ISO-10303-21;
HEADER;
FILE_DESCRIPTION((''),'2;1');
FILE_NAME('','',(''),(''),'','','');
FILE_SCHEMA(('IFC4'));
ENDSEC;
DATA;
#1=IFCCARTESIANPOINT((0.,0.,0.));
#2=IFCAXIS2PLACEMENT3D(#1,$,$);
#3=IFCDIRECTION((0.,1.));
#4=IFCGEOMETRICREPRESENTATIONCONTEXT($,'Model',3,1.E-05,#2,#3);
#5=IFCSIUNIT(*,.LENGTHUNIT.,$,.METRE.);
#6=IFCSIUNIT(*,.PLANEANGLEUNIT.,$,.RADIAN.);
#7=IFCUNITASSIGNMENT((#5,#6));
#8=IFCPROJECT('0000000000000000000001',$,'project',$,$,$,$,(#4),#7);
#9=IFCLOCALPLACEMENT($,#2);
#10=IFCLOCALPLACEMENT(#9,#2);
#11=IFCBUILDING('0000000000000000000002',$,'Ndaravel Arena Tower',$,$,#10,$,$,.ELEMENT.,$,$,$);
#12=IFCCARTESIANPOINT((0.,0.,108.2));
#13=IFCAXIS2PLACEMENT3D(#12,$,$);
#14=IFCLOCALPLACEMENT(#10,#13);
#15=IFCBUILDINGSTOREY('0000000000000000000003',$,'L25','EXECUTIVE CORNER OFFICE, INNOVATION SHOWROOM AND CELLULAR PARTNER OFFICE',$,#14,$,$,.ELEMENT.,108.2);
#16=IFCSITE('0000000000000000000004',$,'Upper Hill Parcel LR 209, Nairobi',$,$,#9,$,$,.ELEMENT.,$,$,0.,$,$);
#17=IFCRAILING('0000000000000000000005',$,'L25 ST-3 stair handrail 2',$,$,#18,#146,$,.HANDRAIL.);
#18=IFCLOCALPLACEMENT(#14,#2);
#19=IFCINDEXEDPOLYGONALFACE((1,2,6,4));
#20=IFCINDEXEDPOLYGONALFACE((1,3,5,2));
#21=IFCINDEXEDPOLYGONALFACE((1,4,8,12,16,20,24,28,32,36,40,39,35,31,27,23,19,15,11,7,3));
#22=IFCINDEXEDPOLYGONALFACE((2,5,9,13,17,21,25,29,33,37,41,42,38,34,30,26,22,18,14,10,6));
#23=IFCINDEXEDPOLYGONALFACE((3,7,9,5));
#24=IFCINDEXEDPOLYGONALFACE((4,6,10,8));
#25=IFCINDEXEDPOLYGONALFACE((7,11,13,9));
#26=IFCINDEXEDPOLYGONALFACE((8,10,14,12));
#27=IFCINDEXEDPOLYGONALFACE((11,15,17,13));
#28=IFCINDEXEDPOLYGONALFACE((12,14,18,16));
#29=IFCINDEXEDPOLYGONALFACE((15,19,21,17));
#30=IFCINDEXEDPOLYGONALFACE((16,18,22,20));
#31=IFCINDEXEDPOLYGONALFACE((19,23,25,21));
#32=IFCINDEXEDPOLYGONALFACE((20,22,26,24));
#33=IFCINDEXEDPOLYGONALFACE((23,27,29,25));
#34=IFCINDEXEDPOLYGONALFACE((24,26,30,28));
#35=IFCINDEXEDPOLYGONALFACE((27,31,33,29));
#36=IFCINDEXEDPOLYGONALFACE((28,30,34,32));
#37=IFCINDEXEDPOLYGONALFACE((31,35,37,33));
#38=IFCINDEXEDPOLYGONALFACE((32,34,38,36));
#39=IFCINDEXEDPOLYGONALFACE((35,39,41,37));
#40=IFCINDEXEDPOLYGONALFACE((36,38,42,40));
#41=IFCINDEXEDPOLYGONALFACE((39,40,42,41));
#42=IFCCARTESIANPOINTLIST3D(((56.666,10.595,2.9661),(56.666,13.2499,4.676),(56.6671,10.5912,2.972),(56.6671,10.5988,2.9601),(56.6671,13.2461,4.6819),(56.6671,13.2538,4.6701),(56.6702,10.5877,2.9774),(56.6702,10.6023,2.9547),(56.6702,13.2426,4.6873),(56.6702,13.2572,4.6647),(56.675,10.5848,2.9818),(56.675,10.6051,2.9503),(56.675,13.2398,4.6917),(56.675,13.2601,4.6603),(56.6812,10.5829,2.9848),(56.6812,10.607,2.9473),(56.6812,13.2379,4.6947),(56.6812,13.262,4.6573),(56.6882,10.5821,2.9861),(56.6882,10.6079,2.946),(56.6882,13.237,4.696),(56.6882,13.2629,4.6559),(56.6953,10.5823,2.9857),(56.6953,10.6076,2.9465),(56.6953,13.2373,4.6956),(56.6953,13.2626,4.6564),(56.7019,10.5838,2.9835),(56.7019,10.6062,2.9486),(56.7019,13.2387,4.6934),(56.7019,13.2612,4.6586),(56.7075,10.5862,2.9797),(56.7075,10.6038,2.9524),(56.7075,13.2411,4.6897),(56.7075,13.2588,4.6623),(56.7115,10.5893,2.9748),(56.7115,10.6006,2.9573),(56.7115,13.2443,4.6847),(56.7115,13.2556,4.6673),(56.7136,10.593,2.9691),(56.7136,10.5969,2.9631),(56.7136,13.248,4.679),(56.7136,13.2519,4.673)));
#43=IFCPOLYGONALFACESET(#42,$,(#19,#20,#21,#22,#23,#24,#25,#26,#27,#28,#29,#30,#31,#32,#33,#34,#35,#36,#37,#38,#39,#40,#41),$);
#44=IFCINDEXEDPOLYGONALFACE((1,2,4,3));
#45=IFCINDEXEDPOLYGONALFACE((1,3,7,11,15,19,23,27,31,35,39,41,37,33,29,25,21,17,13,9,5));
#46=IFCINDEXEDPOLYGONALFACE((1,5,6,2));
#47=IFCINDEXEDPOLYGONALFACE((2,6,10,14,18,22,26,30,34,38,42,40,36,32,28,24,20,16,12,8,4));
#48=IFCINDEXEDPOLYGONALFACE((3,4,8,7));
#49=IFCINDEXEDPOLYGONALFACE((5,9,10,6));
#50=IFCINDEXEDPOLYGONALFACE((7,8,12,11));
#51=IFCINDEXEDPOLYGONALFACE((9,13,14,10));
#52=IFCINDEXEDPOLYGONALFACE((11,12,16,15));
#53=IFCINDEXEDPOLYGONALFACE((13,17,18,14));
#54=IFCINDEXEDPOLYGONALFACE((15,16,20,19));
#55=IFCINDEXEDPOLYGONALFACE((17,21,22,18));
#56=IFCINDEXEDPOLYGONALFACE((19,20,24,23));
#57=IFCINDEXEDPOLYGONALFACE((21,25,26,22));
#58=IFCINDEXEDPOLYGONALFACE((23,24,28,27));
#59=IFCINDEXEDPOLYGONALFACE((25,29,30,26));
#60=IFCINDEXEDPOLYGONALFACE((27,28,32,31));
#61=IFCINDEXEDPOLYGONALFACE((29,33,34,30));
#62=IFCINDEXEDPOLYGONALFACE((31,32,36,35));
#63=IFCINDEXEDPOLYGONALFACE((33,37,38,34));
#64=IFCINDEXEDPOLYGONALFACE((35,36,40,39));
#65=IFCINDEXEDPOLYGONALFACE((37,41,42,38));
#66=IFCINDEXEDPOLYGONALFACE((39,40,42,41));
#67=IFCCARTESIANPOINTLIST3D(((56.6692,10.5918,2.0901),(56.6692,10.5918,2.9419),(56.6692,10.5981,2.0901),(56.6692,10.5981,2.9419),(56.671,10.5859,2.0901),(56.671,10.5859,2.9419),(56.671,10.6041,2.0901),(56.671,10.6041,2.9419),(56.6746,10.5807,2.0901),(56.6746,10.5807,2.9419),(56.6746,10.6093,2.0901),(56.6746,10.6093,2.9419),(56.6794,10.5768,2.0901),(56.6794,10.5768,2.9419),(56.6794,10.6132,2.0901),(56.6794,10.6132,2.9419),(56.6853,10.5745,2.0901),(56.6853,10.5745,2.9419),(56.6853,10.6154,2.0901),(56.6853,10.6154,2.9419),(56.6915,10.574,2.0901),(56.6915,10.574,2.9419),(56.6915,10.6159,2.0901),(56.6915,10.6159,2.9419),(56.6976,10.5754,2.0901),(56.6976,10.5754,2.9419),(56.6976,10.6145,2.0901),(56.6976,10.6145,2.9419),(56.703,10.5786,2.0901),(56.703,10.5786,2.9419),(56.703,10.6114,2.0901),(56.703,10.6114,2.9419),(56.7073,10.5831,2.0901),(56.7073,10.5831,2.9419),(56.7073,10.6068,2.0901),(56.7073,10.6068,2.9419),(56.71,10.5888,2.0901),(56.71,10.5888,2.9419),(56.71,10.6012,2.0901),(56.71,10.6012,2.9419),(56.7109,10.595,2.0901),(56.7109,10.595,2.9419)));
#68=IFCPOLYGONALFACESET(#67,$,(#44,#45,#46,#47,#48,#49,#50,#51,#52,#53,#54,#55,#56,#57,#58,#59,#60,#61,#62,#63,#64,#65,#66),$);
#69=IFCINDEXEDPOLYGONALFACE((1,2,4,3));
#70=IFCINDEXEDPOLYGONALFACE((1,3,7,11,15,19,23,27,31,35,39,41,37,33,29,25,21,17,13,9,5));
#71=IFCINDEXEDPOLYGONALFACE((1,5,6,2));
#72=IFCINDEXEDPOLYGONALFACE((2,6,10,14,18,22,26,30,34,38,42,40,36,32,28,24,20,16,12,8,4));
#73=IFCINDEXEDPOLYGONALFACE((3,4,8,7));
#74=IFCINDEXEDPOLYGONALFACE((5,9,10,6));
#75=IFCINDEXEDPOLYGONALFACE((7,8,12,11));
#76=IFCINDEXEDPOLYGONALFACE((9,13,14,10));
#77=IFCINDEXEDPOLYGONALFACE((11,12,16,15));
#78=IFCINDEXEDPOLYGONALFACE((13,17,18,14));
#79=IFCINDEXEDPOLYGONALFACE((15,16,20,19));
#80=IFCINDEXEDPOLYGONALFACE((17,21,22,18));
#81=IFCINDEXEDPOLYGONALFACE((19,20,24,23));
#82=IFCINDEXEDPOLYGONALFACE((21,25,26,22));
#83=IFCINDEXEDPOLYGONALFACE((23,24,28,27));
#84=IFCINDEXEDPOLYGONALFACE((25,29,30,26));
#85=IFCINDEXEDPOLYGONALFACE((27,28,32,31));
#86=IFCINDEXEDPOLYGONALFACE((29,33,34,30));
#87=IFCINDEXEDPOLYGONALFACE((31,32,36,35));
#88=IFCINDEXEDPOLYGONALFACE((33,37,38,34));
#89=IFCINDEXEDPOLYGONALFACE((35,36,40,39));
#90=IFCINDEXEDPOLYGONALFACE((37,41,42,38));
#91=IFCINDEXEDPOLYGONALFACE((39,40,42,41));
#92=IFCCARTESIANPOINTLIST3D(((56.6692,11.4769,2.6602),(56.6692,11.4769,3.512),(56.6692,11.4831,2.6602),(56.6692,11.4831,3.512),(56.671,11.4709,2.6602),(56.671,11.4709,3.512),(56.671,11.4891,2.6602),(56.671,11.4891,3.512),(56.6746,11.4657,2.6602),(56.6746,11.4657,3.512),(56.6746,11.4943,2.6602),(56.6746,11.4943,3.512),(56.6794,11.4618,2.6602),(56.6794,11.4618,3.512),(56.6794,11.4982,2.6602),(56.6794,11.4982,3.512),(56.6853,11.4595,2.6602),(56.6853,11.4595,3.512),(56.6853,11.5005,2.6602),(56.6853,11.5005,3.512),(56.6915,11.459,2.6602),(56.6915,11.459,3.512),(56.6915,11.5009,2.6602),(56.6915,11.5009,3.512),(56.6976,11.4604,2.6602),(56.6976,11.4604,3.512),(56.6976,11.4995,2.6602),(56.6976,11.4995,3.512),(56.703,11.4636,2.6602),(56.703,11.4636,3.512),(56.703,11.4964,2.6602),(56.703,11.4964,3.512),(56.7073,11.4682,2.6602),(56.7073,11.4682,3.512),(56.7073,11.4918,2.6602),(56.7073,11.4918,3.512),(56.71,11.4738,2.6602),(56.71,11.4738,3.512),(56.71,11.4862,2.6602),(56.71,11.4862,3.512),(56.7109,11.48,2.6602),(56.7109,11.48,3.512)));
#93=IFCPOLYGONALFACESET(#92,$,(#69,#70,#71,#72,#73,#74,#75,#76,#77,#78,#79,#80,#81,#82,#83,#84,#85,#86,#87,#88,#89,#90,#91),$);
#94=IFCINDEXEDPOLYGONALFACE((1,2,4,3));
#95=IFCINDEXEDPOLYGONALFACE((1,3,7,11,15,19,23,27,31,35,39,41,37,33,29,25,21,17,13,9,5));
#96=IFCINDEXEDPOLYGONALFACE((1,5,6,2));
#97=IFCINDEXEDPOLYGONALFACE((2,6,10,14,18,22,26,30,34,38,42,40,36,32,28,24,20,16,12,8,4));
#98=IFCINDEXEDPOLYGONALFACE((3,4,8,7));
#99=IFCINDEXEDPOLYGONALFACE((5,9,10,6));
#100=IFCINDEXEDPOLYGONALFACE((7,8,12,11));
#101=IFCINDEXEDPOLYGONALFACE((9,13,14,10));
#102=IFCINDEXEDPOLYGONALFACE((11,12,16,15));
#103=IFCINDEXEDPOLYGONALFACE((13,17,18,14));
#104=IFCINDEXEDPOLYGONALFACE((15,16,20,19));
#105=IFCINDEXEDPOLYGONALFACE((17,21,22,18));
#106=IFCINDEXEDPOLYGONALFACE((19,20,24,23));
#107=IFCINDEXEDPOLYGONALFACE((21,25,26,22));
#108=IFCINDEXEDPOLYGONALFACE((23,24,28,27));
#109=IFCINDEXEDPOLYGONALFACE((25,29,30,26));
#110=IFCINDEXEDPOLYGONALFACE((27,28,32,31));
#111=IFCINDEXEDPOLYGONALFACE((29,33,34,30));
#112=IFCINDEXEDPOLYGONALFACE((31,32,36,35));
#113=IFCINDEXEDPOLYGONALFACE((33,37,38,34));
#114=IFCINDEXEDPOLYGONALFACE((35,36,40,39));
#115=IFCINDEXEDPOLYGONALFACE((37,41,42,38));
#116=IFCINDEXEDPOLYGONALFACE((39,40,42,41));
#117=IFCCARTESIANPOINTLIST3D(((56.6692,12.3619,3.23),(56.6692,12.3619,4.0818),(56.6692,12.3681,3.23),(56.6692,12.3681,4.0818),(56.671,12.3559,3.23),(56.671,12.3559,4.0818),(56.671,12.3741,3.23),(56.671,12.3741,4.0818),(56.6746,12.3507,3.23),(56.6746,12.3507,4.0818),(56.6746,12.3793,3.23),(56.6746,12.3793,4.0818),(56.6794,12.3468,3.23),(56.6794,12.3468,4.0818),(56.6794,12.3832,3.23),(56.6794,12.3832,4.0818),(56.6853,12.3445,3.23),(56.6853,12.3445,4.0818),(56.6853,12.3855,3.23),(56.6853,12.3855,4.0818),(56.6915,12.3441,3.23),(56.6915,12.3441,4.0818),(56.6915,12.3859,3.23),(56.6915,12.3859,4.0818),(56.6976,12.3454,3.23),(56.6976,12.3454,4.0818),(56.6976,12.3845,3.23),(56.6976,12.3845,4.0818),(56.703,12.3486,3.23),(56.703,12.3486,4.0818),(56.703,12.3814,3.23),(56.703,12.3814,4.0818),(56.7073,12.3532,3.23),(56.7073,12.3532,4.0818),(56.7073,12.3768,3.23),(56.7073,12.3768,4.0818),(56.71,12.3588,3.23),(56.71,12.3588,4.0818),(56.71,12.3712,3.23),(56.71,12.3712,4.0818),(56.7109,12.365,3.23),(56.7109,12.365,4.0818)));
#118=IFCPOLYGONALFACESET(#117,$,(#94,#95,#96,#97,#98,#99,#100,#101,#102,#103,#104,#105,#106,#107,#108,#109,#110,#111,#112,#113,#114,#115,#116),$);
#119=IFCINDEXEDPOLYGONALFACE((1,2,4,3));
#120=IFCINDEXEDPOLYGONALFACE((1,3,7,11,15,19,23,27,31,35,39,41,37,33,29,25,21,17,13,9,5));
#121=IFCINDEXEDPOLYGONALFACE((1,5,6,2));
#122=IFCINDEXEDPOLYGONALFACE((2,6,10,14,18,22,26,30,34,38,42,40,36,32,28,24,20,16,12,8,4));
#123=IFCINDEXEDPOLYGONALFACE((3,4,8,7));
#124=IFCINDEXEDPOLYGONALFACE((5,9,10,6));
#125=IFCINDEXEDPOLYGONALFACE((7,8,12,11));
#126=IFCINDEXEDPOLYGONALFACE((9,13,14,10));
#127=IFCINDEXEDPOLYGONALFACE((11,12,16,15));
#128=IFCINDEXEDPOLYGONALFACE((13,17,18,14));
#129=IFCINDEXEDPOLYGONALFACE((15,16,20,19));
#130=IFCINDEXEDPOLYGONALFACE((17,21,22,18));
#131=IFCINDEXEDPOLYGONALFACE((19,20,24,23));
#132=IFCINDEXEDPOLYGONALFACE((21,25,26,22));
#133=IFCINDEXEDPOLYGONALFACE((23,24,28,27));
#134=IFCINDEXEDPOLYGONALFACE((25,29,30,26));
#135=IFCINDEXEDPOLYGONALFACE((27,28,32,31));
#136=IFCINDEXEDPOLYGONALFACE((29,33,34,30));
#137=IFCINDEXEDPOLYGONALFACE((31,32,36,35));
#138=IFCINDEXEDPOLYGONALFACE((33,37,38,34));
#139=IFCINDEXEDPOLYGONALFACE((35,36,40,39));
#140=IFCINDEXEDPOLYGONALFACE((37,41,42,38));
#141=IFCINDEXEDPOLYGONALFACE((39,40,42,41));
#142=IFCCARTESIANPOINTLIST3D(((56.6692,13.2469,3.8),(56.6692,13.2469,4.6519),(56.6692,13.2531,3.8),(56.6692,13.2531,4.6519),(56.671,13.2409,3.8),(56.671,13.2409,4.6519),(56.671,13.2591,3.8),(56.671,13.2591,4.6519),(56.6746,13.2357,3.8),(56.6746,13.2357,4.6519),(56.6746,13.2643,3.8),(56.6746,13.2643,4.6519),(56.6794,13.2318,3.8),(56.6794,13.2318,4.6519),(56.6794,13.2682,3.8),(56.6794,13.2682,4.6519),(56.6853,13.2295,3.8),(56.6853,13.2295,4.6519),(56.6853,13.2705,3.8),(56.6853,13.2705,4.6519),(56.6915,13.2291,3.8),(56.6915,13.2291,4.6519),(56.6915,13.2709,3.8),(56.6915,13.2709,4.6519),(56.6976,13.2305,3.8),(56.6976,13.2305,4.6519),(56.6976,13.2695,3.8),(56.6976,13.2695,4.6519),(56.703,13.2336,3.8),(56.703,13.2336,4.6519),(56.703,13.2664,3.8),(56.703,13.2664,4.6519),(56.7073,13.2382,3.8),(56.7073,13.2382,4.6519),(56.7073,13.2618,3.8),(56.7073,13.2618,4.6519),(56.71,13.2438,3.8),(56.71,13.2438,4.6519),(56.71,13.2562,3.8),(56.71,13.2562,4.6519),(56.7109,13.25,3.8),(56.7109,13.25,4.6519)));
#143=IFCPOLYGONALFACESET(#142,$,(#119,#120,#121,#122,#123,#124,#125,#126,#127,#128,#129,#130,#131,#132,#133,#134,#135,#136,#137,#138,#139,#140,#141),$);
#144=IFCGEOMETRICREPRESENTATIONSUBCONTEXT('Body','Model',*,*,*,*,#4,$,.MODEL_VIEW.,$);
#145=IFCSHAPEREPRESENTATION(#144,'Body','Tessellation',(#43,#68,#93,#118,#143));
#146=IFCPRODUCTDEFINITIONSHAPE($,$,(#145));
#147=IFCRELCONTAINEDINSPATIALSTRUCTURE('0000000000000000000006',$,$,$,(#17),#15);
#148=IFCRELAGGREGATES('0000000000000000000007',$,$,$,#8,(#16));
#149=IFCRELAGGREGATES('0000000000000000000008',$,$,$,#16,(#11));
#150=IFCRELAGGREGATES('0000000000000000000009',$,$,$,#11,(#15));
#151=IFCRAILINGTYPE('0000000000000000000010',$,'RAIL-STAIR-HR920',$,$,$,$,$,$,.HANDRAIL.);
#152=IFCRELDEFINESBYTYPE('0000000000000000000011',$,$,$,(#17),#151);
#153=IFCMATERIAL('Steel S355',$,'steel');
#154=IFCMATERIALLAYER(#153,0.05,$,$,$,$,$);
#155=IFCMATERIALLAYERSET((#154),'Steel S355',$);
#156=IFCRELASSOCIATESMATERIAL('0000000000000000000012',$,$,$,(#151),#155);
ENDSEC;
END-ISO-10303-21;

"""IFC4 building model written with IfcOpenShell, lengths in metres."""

from ifc_helpers import new_model, si_unit, direction, frame, origin, origin_2d, place, context, subcontext, project, spatial, circle, extrude, material, layer, layer_set, type_object, element, save


model = new_model("IFC4")

# Units and contexts
model_context = context("Model", 3, precision=1e-05, world=origin(), true_north=direction((0.0, 1.0)))
body_context = subcontext(model_context, "Body", "Model", "MODEL_VIEW")
ifc_project = project(units=[si_unit("LENGTHUNIT", "METRE"), si_unit("PLANEANGLEUNIT", "RADIAN")], contexts=[model_context])

# Site, building, storey
site_placement = place(None, origin())
site = spatial("IfcSite", under=ifc_project, at=site_placement, Name="Upper Hill Parcel LR 209, Nairobi", CompositionType="ELEMENT", RefElevation=0.0)
building_placement = place(site_placement, origin())
building = spatial("IfcBuilding", under=site, at=building_placement, Name="Ndaravel Arena Tower", CompositionType="ELEMENT")
storey_placement = place(building_placement, frame((0.0, 0.0, 108.2)))
storey = spatial("IfcBuildingStorey", under=building, at=storey_placement, Name="L25", Description="EXECUTIVE CORNER OFFICE, INNOVATION SHOWROOM AND CELLULAR PARTNER OFFICE", CompositionType="ELEMENT", Elevation=108.2)

# Railing
ifc_material_1 = material(Name="Steel S355", Category="steel")
ifc_layer_1 = layer(ifc_material_1, 0.05)
ifc_layer_set_1 = layer_set([ifc_layer_1], Name="Steel S355")
railing_type_1 = type_object("IfcRailingType", Name="RAIL-STAIR-HR920", PredefinedType="HANDRAIL", material=ifc_layer_set_1)
railing_1_placement = place(storey_placement, frame((56.6899, 10.595, 2.0901)))
element("IfcRailing", 1, at=railing_1_placement, inside=storey, type_object=railing_type_1, Name="L25 ST-3 stair handrail 2", PredefinedType="HANDRAIL", context=body_context, shape_type="SweptSolid", body=[
    extrude(circle(Radius=0.0239, at=origin_2d()), frame((0.0, 0.0, 0.876), z_axis=(0.0, 0.840724, 0.541465), x_axis=(-1.0, 0.0, 0.0)), (0.0, 0.0, 1.0), 3.158),
    extrude(circle(Radius=0.021, at=origin_2d()), origin(), (0.0, 0.0, 1.0), 0.8518),
    extrude(circle(Radius=0.021, at=origin_2d()), frame((0.0, 0.885, 0.5701)), (0.0, 0.0, 1.0), 0.8518),
    extrude(circle(Radius=0.021, at=origin_2d()), frame((0.0, 1.77, 1.1399)), (0.0, 0.0, 1.0), 0.8518),
    extrude(circle(Radius=0.021, at=origin_2d()), frame((0.0, 2.655, 1.71)), (0.0, 0.0, 1.0), 0.8518),
])

save(model, "model.ifc")
